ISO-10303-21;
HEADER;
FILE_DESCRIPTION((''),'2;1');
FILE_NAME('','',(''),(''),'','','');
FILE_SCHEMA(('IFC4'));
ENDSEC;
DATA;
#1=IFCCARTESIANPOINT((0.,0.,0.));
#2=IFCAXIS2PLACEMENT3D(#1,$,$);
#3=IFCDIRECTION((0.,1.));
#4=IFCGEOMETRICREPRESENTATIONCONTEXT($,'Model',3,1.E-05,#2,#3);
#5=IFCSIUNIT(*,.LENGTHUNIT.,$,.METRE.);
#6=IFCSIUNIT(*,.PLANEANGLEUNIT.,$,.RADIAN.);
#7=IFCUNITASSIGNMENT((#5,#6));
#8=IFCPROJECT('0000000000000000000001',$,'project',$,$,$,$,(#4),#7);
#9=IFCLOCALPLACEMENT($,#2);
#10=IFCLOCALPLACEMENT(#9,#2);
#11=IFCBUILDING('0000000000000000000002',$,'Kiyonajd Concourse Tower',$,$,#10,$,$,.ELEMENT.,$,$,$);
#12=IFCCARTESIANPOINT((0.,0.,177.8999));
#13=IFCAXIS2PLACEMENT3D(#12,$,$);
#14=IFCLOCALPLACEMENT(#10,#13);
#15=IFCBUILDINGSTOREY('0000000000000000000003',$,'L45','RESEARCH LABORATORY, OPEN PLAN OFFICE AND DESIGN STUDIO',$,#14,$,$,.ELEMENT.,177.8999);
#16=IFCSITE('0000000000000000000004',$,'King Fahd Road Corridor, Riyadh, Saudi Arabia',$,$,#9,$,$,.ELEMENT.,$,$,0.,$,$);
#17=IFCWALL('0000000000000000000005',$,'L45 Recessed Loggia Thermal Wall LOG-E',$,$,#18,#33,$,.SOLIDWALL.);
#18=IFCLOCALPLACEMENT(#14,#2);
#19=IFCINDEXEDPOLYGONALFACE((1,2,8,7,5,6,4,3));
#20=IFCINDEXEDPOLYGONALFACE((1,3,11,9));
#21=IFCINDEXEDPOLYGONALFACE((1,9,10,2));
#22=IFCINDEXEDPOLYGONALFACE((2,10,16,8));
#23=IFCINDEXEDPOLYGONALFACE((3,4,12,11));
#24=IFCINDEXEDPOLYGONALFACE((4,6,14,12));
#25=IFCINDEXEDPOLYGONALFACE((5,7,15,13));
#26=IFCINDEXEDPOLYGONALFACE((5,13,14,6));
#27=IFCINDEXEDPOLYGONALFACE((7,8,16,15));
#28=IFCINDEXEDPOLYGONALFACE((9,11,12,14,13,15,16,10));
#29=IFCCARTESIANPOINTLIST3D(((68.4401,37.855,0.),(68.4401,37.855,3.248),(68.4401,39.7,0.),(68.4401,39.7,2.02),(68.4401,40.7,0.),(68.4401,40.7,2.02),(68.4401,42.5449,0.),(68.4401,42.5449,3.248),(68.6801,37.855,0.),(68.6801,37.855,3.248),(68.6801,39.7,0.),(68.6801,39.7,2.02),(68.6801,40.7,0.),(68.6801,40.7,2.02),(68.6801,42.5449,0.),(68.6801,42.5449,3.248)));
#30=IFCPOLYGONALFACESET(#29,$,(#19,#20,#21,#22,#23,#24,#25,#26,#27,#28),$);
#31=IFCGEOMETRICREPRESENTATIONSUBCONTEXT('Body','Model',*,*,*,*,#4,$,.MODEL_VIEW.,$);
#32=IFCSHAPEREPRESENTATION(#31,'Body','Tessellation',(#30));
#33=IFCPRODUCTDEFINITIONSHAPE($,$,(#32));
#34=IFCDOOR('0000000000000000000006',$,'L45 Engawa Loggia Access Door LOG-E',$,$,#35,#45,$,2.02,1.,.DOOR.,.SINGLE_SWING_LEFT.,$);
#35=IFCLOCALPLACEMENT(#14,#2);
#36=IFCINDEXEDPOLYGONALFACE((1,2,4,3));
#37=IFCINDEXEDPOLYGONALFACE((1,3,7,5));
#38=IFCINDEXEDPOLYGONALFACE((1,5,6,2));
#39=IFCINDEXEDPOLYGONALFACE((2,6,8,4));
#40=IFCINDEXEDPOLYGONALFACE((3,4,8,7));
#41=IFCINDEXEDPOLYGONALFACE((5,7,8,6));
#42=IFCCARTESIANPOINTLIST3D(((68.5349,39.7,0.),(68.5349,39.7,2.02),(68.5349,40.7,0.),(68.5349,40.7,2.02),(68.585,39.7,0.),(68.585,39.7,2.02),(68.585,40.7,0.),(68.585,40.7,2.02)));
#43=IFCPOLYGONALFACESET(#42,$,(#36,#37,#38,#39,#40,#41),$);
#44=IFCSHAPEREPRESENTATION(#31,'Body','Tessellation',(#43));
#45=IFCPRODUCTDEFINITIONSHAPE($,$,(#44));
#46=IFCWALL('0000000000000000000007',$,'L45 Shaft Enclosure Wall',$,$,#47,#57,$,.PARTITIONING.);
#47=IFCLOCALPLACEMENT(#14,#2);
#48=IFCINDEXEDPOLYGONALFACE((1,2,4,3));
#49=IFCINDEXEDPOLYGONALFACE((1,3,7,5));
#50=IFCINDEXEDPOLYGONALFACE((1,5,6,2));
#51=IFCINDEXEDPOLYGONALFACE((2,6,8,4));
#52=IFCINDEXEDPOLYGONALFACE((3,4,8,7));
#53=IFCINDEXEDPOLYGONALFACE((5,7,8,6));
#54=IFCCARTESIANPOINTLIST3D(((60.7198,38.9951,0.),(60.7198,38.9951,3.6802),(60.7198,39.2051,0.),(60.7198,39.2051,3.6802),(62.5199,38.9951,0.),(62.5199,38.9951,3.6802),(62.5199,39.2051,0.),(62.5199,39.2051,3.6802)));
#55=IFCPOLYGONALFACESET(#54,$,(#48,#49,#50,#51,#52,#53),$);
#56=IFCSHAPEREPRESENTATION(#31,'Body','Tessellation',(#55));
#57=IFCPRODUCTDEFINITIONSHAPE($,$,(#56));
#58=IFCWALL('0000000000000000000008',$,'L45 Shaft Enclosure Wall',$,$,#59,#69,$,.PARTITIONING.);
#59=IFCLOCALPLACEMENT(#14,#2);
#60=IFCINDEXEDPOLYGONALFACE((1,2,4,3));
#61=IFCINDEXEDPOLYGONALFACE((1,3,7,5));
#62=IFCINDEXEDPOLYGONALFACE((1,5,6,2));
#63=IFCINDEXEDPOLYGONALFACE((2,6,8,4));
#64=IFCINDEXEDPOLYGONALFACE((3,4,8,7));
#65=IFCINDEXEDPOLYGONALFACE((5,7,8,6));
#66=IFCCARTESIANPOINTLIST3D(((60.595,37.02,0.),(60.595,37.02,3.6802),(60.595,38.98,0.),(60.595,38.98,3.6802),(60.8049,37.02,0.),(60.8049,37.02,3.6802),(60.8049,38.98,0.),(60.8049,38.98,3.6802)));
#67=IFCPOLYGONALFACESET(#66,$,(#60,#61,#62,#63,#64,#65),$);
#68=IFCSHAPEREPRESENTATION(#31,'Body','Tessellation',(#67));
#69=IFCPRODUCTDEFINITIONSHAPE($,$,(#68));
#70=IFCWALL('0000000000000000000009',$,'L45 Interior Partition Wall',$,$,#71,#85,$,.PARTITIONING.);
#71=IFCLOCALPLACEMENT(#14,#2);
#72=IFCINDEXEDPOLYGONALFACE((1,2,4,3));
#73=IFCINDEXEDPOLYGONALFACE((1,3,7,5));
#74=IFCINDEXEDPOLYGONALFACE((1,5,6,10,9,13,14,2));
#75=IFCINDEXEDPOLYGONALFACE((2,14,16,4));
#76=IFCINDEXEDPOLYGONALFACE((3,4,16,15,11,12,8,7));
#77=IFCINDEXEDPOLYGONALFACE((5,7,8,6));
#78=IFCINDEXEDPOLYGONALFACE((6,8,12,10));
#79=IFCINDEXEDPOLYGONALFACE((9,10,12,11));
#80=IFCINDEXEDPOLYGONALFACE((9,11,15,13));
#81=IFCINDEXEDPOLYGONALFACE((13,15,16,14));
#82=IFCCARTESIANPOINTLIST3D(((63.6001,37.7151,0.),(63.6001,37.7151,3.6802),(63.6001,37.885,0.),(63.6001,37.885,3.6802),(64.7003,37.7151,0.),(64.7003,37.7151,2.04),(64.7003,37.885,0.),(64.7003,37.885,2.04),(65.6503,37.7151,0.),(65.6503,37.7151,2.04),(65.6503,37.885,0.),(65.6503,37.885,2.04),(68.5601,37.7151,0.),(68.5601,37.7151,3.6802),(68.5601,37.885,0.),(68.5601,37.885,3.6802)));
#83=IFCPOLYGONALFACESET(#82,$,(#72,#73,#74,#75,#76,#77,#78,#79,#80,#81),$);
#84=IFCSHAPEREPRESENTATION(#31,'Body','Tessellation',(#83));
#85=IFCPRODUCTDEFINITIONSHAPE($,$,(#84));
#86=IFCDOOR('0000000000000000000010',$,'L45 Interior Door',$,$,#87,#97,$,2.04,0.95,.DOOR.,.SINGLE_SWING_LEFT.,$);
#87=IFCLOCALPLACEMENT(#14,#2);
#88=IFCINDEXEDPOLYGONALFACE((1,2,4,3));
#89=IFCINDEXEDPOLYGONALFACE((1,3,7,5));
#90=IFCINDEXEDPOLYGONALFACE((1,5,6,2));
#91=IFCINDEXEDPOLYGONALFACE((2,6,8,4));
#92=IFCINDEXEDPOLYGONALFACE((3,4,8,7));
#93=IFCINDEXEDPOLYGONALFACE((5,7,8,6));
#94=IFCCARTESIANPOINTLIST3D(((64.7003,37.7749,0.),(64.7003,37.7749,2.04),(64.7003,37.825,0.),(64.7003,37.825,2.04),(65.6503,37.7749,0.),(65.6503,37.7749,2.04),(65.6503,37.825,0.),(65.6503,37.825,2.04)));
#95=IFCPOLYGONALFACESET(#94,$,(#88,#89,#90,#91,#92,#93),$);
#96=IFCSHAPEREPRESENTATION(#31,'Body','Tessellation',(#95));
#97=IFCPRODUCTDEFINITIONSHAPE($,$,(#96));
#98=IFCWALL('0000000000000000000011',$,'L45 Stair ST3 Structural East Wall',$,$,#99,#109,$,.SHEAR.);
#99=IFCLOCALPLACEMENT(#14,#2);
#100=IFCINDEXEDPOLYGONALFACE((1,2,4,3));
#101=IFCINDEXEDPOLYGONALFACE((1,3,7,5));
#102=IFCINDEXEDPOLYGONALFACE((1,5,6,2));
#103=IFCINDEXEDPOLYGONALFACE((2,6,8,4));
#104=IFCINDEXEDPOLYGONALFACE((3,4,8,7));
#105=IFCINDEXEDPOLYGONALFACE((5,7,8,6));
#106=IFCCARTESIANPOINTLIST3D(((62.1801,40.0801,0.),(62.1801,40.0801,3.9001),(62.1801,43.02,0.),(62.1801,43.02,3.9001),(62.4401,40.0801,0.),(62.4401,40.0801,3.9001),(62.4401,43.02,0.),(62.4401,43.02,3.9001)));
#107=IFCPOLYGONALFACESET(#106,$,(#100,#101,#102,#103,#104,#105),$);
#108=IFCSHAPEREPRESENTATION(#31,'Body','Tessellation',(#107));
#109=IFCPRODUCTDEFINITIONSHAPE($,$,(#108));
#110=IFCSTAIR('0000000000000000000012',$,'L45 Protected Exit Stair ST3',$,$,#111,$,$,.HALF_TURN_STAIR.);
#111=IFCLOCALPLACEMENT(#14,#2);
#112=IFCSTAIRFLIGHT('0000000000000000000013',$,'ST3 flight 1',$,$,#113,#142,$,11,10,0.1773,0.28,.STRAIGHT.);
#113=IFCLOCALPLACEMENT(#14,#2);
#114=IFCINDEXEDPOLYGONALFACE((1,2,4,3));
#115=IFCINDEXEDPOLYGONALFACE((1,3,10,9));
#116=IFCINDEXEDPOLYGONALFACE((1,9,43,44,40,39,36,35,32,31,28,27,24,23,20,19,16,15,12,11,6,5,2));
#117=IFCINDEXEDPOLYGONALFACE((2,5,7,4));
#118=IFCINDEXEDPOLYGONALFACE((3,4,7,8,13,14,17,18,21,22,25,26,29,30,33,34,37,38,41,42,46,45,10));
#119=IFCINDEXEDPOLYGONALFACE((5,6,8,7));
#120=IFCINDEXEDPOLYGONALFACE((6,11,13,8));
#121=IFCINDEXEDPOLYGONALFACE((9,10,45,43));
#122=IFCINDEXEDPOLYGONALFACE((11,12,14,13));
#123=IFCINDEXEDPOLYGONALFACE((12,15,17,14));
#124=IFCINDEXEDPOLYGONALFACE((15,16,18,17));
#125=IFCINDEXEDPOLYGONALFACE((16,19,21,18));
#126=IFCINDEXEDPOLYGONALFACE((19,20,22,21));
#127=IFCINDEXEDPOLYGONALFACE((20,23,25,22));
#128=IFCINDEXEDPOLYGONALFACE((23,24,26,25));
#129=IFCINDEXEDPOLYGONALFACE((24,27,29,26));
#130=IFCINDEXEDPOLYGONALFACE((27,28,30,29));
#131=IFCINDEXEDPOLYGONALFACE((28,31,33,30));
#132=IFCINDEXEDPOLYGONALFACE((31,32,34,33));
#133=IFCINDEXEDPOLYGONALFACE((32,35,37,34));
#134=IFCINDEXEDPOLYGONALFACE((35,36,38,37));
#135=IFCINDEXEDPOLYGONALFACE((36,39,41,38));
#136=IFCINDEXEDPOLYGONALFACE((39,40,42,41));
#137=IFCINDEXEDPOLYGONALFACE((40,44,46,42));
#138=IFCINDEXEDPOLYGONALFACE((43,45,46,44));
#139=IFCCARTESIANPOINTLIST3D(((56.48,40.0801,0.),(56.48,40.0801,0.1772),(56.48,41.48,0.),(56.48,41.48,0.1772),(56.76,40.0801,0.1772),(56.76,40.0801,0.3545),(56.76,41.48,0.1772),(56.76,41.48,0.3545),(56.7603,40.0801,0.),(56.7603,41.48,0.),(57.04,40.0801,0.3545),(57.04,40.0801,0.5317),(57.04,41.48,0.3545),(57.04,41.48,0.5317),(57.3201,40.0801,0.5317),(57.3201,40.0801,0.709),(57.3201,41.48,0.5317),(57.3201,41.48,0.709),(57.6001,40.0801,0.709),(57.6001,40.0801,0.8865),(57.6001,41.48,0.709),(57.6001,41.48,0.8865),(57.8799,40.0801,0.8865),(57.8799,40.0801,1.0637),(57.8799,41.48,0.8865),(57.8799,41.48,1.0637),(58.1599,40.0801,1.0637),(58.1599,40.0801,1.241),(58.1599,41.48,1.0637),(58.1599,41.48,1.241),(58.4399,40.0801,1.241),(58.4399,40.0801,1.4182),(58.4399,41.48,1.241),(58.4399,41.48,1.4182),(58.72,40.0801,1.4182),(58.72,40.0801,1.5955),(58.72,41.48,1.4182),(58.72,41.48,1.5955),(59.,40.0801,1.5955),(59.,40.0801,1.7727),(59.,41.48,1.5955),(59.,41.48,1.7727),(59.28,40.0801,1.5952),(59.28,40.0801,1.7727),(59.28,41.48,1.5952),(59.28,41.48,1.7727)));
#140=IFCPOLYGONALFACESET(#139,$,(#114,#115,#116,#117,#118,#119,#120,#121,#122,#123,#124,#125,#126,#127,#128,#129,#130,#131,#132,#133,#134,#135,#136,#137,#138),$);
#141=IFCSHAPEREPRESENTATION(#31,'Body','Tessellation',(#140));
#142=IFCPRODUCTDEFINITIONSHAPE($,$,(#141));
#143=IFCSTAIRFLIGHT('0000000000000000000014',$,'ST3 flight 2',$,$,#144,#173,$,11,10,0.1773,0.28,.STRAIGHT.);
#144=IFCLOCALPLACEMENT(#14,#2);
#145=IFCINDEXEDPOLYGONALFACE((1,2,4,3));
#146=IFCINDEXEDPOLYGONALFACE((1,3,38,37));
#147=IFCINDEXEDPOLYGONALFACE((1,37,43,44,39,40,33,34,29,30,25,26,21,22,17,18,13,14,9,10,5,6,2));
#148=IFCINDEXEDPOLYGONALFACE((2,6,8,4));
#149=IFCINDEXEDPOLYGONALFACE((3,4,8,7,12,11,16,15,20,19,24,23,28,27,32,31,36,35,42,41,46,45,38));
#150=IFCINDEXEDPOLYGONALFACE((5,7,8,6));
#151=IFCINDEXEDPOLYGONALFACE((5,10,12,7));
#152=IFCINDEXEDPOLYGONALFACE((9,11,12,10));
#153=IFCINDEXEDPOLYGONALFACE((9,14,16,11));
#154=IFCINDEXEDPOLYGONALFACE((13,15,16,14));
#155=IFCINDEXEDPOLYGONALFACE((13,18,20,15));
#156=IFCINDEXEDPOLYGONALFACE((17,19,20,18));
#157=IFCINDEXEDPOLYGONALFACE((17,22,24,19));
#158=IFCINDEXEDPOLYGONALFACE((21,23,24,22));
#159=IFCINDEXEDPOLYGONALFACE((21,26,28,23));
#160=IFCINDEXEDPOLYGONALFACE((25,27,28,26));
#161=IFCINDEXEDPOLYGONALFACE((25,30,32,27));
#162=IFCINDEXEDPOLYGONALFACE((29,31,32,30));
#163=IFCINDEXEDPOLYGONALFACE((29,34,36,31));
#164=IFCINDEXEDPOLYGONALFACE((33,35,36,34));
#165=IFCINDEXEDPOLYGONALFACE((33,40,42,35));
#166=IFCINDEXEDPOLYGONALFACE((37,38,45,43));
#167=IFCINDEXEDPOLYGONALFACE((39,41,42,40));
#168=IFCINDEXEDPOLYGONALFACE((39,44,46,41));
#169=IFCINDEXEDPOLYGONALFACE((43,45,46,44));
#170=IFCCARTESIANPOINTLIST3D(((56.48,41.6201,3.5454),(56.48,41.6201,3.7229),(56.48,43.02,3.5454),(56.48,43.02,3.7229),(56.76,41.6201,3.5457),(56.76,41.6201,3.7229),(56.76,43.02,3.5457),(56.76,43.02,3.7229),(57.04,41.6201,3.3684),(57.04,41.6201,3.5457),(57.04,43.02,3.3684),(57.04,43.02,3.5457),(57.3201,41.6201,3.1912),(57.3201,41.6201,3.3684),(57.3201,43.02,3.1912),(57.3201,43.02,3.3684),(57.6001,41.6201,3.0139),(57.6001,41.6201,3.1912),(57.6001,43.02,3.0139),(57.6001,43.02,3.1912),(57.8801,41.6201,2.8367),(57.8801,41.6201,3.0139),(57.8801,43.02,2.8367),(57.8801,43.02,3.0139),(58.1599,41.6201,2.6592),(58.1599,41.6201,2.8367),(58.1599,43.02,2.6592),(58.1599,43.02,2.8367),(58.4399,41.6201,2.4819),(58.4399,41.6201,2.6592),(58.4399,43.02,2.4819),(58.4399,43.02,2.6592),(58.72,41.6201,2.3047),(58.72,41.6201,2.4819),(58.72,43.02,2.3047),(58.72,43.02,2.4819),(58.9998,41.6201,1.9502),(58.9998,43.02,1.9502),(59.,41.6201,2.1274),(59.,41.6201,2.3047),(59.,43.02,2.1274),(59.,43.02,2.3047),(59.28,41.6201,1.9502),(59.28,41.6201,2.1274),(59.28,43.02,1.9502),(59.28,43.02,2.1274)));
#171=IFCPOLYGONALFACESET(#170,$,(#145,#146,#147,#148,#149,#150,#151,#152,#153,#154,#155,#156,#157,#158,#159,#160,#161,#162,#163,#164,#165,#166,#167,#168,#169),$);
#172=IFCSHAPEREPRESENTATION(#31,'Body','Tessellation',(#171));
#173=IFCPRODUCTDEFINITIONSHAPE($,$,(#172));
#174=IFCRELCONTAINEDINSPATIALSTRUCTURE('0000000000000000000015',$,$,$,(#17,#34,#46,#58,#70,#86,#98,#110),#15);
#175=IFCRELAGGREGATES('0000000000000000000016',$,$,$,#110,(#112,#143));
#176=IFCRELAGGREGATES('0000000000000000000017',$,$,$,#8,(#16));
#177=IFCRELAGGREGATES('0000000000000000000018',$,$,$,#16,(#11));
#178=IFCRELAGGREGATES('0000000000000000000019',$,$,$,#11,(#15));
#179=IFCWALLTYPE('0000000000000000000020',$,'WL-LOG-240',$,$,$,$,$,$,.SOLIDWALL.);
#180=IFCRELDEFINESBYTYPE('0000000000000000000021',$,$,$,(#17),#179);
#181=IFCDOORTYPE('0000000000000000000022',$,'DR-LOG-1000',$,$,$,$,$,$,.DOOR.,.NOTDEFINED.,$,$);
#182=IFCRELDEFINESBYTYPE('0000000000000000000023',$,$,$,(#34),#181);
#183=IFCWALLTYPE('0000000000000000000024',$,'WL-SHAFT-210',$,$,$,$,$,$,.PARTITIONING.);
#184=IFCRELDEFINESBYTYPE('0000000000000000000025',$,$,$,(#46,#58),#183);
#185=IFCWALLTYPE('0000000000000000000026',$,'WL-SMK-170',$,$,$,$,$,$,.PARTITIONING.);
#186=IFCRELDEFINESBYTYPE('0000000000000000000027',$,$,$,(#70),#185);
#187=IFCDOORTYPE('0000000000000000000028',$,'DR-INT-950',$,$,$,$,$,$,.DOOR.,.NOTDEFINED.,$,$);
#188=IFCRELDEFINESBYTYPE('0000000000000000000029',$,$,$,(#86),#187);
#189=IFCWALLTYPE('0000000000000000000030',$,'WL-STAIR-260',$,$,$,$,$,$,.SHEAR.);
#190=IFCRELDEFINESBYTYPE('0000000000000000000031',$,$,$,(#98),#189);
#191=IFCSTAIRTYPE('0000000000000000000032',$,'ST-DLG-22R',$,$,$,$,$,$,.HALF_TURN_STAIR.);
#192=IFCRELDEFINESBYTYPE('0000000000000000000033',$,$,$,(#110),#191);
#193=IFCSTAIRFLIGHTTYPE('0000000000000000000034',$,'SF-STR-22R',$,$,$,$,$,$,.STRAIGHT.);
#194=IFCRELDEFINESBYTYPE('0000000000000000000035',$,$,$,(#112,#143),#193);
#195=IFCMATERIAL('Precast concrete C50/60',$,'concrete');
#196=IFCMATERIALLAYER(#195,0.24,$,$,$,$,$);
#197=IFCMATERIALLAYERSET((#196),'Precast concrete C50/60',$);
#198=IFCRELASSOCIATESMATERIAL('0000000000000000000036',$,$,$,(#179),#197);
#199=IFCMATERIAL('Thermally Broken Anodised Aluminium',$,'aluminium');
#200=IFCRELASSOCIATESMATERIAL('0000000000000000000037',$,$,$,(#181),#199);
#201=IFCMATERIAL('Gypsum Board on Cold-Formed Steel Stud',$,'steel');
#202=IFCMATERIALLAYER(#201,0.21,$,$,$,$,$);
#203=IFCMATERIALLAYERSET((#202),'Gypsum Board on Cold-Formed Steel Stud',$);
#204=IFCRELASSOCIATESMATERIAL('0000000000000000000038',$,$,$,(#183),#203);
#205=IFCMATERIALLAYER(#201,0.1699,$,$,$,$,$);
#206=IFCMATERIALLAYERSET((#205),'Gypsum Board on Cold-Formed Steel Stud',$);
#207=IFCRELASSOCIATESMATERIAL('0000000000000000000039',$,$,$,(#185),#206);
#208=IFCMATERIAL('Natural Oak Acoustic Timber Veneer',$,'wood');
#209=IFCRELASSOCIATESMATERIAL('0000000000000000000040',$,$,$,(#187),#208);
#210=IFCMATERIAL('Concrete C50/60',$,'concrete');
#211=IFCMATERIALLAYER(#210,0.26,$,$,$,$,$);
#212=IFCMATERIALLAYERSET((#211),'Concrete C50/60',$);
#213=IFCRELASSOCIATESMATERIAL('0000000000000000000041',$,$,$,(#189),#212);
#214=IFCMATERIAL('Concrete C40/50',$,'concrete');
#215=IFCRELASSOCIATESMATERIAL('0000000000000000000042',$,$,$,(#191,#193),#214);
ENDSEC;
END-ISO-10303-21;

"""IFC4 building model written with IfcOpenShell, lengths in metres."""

from ifc_helpers import new_model, si_unit, direction, frame, frame_2d, origin, place, context, subcontext, project, spatial, polyline, rectangle, outline, extrude, material, layer, layer_set, type_object, element, fill, aggregate, save


model = new_model("IFC4")

# Units and contexts
model_context = context("Model", 3, precision=1e-05, world=origin(), true_north=direction((0.0, 1.0)))
body_context = subcontext(model_context, "Body", "Model", "MODEL_VIEW")
ifc_project = project(units=[si_unit("LENGTHUNIT", "METRE"), si_unit("PLANEANGLEUNIT", "RADIAN")], contexts=[model_context])

# Site, building, storey
site_placement = place(None, origin())
site = spatial("IfcSite", under=ifc_project, at=site_placement, Name="King Fahd Road Corridor, Riyadh, Saudi Arabia", CompositionType="ELEMENT", RefElevation=0.0)
building_placement = place(site_placement, origin())
building = spatial("IfcBuilding", under=site, at=building_placement, Name="Kiyonajd Concourse Tower", CompositionType="ELEMENT")
storey_placement = place(building_placement, frame((0.0, 0.0, 177.8999)))
storey = spatial("IfcBuildingStorey", under=building, at=storey_placement, Name="L45", Description="RESEARCH LABORATORY, OPEN PLAN OFFICE AND DESIGN STUDIO", CompositionType="ELEMENT", Elevation=177.8999)

# Shared definitions
ifc_material_1 = material(Name="Thermally Broken Anodised Aluminium", Category="aluminium")

# Shared definitions
ifc_material_2 = material(Name="Precast concrete C50/60", Category="concrete")

# Wall, opening, door
ifc_layer_1 = layer(ifc_material_2, 0.24)
ifc_layer_set_1 = layer_set([ifc_layer_1], Name="Precast concrete C50/60")
wall_type_1 = type_object("IfcWallType", Name="WL-LOG-240", PredefinedType="SOLIDWALL", material=ifc_layer_set_1)
wall_1_placement = place(storey_placement, frame((68.5601, 42.5449, 0.0), z_axis=(0.0, 0.0, 1.0), x_axis=(0.0, -1.0, 0.0)))
wall_1 = element("IfcWall", 1, at=wall_1_placement, inside=storey, type_object=wall_type_1, Name="L45 Recessed Loggia Thermal Wall LOG-E", PredefinedType="SOLIDWALL", context=body_context, shape_type="SweptSolid", body=[
    extrude(rectangle(XDim=4.6899, YDim=0.24, at=frame_2d((2.345, 0.0))), origin(), (0.0, 0.0, 1.0), 3.248),
])
opening_1_placement = place(wall_1_placement, frame((1.845, 0.0, 0.0)))
opening_1 = element("IfcOpeningElement", 2, at=opening_1_placement, cuts=wall_1, PredefinedType="OPENING", context=body_context, shape_type="SweptSolid", body=[
    extrude(rectangle(XDim=1.0, YDim=2.02, at=frame_2d((0.5, 1.01))), frame((0.0, 0.1299, 0.0), z_axis=(0.0, -1.0, 0.0), x_axis=(1.0, 0.0, 0.0)), (0.0, 0.0, 1.0), 0.26),
])
door_type_1 = type_object("IfcDoorType", Name="DR-LOG-1000", OperationType="NOTDEFINED", PredefinedType="DOOR", material=ifc_material_1)
door_1_placement = place(opening_1_placement, origin())
door_1 = element("IfcDoor", 3, at=door_1_placement, inside=storey, type_object=door_type_1, Name="L45 Engawa Loggia Access Door LOG-E", OperationType="SINGLE_SWING_LEFT", OverallHeight=2.02, OverallWidth=1.0, PredefinedType="DOOR", context=body_context, shape_type="SweptSolid", body=[
    extrude(rectangle(XDim=1.0, YDim=2.02, at=frame_2d((0.5, 1.01))), frame((0.0, 0.0249, 0.0), z_axis=(0.0, -1.0, 0.0), x_axis=(1.0, 0.0, 0.0)), (0.0, 0.0, 1.0), 0.05),
])
fill(opening_1, door_1)

# Walls
ifc_material_3 = material(Name="Gypsum Board on Cold-Formed Steel Stud", Category="steel")
ifc_layer_2 = layer(ifc_material_3, 0.21)
ifc_layer_set_2 = layer_set([ifc_layer_2], Name="Gypsum Board on Cold-Formed Steel Stud")
wall_type_2 = type_object("IfcWallType", Name="WL-SHAFT-210", PredefinedType="PARTITIONING", material=ifc_layer_set_2)
wall_2_placement = place(storey_placement, frame((60.72, 39.1001, 0.0), z_axis=(0.0, 0.0, 1.0), x_axis=(1.0, 0.0, 0.0)))
element("IfcWall", 4, at=wall_2_placement, inside=storey, type_object=wall_type_2, Name="L45 Shaft Enclosure Wall", PredefinedType="PARTITIONING", context=body_context, shape_type="SweptSolid", body=[
    extrude(rectangle(XDim=1.8, YDim=0.21, at=frame_2d((0.8999, 0.0))), origin(), (0.0, 0.0, 1.0), 3.6802),
])
wall_3_placement = place(storey_placement, frame((60.7, 37.02, 0.0), z_axis=(0.0, 0.0, 1.0), x_axis=(0.0, 1.0, 0.0)))
element("IfcWall", 5, at=wall_3_placement, inside=storey, type_object=wall_type_2, Name="L45 Shaft Enclosure Wall", PredefinedType="PARTITIONING", context=body_context, shape_type="SweptSolid", body=[
    extrude(rectangle(XDim=1.96, YDim=0.21, at=frame_2d((0.98, 0.0))), origin(), (0.0, 0.0, 1.0), 3.6802),
])

# Wall, opening, door
ifc_layer_3 = layer(ifc_material_3, 0.1699)
ifc_layer_set_3 = layer_set([ifc_layer_3], Name="Gypsum Board on Cold-Formed Steel Stud")
wall_type_3 = type_object("IfcWallType", Name="WL-SMK-170", PredefinedType="PARTITIONING", material=ifc_layer_set_3)
wall_4_placement = place(storey_placement, frame((63.6001, 37.8, 0.0), z_axis=(0.0, 0.0, 1.0), x_axis=(1.0, 0.0, 0.0)))
wall_4 = element("IfcWall", 6, at=wall_4_placement, inside=storey, type_object=wall_type_3, Name="L45 Interior Partition Wall", PredefinedType="PARTITIONING", context=body_context, shape_type="SweptSolid", body=[
    extrude(rectangle(XDim=4.96, YDim=0.1699, at=frame_2d((2.48, 0.0))), origin(), (0.0, 0.0, 1.0), 3.6802),
])
opening_2_placement = place(wall_4_placement, frame((1.1001, 0.0, 0.0)))
opening_2 = element("IfcOpeningElement", 7, at=opening_2_placement, cuts=wall_4, PredefinedType="OPENING", context=body_context, shape_type="SweptSolid", body=[
    extrude(rectangle(XDim=0.95, YDim=2.04, at=frame_2d((0.4751, 1.02))), frame((0.0, 0.095, 0.0), z_axis=(0.0, -1.0, 0.0), x_axis=(1.0, 0.0, 0.0)), (0.0, 0.0, 1.0), 0.1899),
])
ifc_material_4 = material(Name="Natural Oak Acoustic Timber Veneer", Category="wood")
door_type_2 = type_object("IfcDoorType", Name="DR-INT-950", OperationType="NOTDEFINED", PredefinedType="DOOR", material=ifc_material_4)
door_2_placement = place(opening_2_placement, origin())
door_2 = element("IfcDoor", 8, at=door_2_placement, inside=storey, type_object=door_type_2, Name="L45 Interior Door", OperationType="SINGLE_SWING_LEFT", OverallHeight=2.04, OverallWidth=0.95, PredefinedType="DOOR", context=body_context, shape_type="SweptSolid", body=[
    extrude(rectangle(XDim=0.95, YDim=2.04, at=frame_2d((0.4751, 1.02))), frame((0.0, 0.0249, 0.0), z_axis=(0.0, -1.0, 0.0), x_axis=(1.0, 0.0, 0.0)), (0.0, 0.0, 1.0), 0.05),
])
fill(opening_2, door_2)

# Wall
ifc_material_5 = material(Name="Concrete C50/60", Category="concrete")
ifc_layer_4 = layer(ifc_material_5, 0.26)
ifc_layer_set_4 = layer_set([ifc_layer_4], Name="Concrete C50/60")
wall_type_4 = type_object("IfcWallType", Name="WL-STAIR-260", PredefinedType="SHEAR", material=ifc_layer_set_4)
wall_5_placement = place(storey_placement, frame((62.3101, 40.0801, 0.0), z_axis=(0.0, 0.0, 1.0), x_axis=(0.0, 1.0, 0.0)))
element("IfcWall", 9, at=wall_5_placement, inside=storey, type_object=wall_type_4, Name="L45 Stair ST3 Structural East Wall", PredefinedType="SHEAR", context=body_context, shape_type="SweptSolid", body=[
    extrude(rectangle(XDim=2.9399, YDim=0.26, at=frame_2d((1.47, 0.0))), origin(), (0.0, 0.0, 1.0), 3.9001),
])

# Stair, stair flights
ifc_material_6 = material(Name="Concrete C40/50", Category="concrete")
stair_type = type_object("IfcStairType", Name="ST-DLG-22R", PredefinedType="HALF_TURN_STAIR", material=ifc_material_6)
stair_placement = place(storey_placement, origin())
stair = element("IfcStair", 10, at=stair_placement, inside=storey, type_object=stair_type, Name="L45 Protected Exit Stair ST3", PredefinedType="HALF_TURN_STAIR")
stair_flight_type = type_object("IfcStairFlightType", Name="SF-STR-22R", PredefinedType="STRAIGHT", material=ifc_material_6)
stair_flight_1_placement = place(storey_placement, frame((56.48, 40.78, 0.0), z_axis=(0.0, 0.0, 1.0), x_axis=(1.0, 0.0, 0.0)))
stair_flight_1 = element("IfcStairFlight", 11, at=stair_flight_1_placement, type_object=stair_flight_type, Name="ST3 flight 1", NumberOfRisers=11, NumberOfTreads=10, PredefinedType="STRAIGHT", RiserHeight=0.1773, TreadLength=0.28, context=body_context, shape_type="SweptSolid", body=[
    extrude(outline(polyline([(0.0, 0.0), (0.0, 0.1772), (0.28, 0.1772), (0.28, 0.3545), (0.5601, 0.3545), (0.5601, 0.5317), (0.8401, 0.5317), (0.8401, 0.709), (1.1201, 0.709), (1.1201, 0.8865), (1.3999, 0.8865), (1.3999, 1.0637), (1.6799, 1.0637), (1.6799, 1.241), (1.96, 1.241), (1.96, 1.4182), (2.24, 1.4182), (2.24, 1.5955), (2.52, 1.5955), (2.52, 1.7727), (2.8, 1.7727), (2.8, 1.95), (2.8, 1.5952), (0.2803, 0.0), (0.0, 0.0)])), frame((0.0, 0.7, 0.0), z_axis=(0.0, -1.0, 0.0), x_axis=(1.0, 0.0, 0.0)), (0.0, 0.0, 1.0), 1.3999),
])
stair_flight_2_placement = place(storey_placement, frame((59.28, 42.3201, 1.9502), z_axis=(0.0, 0.0, 1.0), x_axis=(-1.0, 0.0, 0.0)))
stair_flight_2 = element("IfcStairFlight", 12, at=stair_flight_2_placement, type_object=stair_flight_type, Name="ST3 flight 2", NumberOfRisers=11, NumberOfTreads=10, PredefinedType="STRAIGHT", RiserHeight=0.1773, TreadLength=0.28, context=body_context, shape_type="SweptSolid", body=[
    extrude(outline(polyline([(0.0, 0.0), (0.0, 0.1772), (0.28, 0.1772), (0.28, 0.3545), (0.5601, 0.3545), (0.5601, 0.5317), (0.8401, 0.5317), (0.8401, 0.709), (1.1201, 0.709), (1.1201, 0.8865), (1.3999, 0.8865), (1.3999, 1.0637), (1.6799, 1.0637), (1.6799, 1.241), (1.96, 1.241), (1.96, 1.4182), (2.24, 1.4182), (2.24, 1.5955), (2.52, 1.5955), (2.52, 1.7727), (2.8, 1.7727), (2.8, 1.95), (2.8, 1.5952), (0.2803, 0.0), (0.0, 0.0)])), frame((0.0, 0.7, 0.0), z_axis=(0.0, -1.0, 0.0), x_axis=(1.0, 0.0, 0.0)), (0.0, 0.0, 1.0), 1.3999),
])
aggregate(stair, [stair_flight_1, stair_flight_2])

save(model, "model.ifc")
